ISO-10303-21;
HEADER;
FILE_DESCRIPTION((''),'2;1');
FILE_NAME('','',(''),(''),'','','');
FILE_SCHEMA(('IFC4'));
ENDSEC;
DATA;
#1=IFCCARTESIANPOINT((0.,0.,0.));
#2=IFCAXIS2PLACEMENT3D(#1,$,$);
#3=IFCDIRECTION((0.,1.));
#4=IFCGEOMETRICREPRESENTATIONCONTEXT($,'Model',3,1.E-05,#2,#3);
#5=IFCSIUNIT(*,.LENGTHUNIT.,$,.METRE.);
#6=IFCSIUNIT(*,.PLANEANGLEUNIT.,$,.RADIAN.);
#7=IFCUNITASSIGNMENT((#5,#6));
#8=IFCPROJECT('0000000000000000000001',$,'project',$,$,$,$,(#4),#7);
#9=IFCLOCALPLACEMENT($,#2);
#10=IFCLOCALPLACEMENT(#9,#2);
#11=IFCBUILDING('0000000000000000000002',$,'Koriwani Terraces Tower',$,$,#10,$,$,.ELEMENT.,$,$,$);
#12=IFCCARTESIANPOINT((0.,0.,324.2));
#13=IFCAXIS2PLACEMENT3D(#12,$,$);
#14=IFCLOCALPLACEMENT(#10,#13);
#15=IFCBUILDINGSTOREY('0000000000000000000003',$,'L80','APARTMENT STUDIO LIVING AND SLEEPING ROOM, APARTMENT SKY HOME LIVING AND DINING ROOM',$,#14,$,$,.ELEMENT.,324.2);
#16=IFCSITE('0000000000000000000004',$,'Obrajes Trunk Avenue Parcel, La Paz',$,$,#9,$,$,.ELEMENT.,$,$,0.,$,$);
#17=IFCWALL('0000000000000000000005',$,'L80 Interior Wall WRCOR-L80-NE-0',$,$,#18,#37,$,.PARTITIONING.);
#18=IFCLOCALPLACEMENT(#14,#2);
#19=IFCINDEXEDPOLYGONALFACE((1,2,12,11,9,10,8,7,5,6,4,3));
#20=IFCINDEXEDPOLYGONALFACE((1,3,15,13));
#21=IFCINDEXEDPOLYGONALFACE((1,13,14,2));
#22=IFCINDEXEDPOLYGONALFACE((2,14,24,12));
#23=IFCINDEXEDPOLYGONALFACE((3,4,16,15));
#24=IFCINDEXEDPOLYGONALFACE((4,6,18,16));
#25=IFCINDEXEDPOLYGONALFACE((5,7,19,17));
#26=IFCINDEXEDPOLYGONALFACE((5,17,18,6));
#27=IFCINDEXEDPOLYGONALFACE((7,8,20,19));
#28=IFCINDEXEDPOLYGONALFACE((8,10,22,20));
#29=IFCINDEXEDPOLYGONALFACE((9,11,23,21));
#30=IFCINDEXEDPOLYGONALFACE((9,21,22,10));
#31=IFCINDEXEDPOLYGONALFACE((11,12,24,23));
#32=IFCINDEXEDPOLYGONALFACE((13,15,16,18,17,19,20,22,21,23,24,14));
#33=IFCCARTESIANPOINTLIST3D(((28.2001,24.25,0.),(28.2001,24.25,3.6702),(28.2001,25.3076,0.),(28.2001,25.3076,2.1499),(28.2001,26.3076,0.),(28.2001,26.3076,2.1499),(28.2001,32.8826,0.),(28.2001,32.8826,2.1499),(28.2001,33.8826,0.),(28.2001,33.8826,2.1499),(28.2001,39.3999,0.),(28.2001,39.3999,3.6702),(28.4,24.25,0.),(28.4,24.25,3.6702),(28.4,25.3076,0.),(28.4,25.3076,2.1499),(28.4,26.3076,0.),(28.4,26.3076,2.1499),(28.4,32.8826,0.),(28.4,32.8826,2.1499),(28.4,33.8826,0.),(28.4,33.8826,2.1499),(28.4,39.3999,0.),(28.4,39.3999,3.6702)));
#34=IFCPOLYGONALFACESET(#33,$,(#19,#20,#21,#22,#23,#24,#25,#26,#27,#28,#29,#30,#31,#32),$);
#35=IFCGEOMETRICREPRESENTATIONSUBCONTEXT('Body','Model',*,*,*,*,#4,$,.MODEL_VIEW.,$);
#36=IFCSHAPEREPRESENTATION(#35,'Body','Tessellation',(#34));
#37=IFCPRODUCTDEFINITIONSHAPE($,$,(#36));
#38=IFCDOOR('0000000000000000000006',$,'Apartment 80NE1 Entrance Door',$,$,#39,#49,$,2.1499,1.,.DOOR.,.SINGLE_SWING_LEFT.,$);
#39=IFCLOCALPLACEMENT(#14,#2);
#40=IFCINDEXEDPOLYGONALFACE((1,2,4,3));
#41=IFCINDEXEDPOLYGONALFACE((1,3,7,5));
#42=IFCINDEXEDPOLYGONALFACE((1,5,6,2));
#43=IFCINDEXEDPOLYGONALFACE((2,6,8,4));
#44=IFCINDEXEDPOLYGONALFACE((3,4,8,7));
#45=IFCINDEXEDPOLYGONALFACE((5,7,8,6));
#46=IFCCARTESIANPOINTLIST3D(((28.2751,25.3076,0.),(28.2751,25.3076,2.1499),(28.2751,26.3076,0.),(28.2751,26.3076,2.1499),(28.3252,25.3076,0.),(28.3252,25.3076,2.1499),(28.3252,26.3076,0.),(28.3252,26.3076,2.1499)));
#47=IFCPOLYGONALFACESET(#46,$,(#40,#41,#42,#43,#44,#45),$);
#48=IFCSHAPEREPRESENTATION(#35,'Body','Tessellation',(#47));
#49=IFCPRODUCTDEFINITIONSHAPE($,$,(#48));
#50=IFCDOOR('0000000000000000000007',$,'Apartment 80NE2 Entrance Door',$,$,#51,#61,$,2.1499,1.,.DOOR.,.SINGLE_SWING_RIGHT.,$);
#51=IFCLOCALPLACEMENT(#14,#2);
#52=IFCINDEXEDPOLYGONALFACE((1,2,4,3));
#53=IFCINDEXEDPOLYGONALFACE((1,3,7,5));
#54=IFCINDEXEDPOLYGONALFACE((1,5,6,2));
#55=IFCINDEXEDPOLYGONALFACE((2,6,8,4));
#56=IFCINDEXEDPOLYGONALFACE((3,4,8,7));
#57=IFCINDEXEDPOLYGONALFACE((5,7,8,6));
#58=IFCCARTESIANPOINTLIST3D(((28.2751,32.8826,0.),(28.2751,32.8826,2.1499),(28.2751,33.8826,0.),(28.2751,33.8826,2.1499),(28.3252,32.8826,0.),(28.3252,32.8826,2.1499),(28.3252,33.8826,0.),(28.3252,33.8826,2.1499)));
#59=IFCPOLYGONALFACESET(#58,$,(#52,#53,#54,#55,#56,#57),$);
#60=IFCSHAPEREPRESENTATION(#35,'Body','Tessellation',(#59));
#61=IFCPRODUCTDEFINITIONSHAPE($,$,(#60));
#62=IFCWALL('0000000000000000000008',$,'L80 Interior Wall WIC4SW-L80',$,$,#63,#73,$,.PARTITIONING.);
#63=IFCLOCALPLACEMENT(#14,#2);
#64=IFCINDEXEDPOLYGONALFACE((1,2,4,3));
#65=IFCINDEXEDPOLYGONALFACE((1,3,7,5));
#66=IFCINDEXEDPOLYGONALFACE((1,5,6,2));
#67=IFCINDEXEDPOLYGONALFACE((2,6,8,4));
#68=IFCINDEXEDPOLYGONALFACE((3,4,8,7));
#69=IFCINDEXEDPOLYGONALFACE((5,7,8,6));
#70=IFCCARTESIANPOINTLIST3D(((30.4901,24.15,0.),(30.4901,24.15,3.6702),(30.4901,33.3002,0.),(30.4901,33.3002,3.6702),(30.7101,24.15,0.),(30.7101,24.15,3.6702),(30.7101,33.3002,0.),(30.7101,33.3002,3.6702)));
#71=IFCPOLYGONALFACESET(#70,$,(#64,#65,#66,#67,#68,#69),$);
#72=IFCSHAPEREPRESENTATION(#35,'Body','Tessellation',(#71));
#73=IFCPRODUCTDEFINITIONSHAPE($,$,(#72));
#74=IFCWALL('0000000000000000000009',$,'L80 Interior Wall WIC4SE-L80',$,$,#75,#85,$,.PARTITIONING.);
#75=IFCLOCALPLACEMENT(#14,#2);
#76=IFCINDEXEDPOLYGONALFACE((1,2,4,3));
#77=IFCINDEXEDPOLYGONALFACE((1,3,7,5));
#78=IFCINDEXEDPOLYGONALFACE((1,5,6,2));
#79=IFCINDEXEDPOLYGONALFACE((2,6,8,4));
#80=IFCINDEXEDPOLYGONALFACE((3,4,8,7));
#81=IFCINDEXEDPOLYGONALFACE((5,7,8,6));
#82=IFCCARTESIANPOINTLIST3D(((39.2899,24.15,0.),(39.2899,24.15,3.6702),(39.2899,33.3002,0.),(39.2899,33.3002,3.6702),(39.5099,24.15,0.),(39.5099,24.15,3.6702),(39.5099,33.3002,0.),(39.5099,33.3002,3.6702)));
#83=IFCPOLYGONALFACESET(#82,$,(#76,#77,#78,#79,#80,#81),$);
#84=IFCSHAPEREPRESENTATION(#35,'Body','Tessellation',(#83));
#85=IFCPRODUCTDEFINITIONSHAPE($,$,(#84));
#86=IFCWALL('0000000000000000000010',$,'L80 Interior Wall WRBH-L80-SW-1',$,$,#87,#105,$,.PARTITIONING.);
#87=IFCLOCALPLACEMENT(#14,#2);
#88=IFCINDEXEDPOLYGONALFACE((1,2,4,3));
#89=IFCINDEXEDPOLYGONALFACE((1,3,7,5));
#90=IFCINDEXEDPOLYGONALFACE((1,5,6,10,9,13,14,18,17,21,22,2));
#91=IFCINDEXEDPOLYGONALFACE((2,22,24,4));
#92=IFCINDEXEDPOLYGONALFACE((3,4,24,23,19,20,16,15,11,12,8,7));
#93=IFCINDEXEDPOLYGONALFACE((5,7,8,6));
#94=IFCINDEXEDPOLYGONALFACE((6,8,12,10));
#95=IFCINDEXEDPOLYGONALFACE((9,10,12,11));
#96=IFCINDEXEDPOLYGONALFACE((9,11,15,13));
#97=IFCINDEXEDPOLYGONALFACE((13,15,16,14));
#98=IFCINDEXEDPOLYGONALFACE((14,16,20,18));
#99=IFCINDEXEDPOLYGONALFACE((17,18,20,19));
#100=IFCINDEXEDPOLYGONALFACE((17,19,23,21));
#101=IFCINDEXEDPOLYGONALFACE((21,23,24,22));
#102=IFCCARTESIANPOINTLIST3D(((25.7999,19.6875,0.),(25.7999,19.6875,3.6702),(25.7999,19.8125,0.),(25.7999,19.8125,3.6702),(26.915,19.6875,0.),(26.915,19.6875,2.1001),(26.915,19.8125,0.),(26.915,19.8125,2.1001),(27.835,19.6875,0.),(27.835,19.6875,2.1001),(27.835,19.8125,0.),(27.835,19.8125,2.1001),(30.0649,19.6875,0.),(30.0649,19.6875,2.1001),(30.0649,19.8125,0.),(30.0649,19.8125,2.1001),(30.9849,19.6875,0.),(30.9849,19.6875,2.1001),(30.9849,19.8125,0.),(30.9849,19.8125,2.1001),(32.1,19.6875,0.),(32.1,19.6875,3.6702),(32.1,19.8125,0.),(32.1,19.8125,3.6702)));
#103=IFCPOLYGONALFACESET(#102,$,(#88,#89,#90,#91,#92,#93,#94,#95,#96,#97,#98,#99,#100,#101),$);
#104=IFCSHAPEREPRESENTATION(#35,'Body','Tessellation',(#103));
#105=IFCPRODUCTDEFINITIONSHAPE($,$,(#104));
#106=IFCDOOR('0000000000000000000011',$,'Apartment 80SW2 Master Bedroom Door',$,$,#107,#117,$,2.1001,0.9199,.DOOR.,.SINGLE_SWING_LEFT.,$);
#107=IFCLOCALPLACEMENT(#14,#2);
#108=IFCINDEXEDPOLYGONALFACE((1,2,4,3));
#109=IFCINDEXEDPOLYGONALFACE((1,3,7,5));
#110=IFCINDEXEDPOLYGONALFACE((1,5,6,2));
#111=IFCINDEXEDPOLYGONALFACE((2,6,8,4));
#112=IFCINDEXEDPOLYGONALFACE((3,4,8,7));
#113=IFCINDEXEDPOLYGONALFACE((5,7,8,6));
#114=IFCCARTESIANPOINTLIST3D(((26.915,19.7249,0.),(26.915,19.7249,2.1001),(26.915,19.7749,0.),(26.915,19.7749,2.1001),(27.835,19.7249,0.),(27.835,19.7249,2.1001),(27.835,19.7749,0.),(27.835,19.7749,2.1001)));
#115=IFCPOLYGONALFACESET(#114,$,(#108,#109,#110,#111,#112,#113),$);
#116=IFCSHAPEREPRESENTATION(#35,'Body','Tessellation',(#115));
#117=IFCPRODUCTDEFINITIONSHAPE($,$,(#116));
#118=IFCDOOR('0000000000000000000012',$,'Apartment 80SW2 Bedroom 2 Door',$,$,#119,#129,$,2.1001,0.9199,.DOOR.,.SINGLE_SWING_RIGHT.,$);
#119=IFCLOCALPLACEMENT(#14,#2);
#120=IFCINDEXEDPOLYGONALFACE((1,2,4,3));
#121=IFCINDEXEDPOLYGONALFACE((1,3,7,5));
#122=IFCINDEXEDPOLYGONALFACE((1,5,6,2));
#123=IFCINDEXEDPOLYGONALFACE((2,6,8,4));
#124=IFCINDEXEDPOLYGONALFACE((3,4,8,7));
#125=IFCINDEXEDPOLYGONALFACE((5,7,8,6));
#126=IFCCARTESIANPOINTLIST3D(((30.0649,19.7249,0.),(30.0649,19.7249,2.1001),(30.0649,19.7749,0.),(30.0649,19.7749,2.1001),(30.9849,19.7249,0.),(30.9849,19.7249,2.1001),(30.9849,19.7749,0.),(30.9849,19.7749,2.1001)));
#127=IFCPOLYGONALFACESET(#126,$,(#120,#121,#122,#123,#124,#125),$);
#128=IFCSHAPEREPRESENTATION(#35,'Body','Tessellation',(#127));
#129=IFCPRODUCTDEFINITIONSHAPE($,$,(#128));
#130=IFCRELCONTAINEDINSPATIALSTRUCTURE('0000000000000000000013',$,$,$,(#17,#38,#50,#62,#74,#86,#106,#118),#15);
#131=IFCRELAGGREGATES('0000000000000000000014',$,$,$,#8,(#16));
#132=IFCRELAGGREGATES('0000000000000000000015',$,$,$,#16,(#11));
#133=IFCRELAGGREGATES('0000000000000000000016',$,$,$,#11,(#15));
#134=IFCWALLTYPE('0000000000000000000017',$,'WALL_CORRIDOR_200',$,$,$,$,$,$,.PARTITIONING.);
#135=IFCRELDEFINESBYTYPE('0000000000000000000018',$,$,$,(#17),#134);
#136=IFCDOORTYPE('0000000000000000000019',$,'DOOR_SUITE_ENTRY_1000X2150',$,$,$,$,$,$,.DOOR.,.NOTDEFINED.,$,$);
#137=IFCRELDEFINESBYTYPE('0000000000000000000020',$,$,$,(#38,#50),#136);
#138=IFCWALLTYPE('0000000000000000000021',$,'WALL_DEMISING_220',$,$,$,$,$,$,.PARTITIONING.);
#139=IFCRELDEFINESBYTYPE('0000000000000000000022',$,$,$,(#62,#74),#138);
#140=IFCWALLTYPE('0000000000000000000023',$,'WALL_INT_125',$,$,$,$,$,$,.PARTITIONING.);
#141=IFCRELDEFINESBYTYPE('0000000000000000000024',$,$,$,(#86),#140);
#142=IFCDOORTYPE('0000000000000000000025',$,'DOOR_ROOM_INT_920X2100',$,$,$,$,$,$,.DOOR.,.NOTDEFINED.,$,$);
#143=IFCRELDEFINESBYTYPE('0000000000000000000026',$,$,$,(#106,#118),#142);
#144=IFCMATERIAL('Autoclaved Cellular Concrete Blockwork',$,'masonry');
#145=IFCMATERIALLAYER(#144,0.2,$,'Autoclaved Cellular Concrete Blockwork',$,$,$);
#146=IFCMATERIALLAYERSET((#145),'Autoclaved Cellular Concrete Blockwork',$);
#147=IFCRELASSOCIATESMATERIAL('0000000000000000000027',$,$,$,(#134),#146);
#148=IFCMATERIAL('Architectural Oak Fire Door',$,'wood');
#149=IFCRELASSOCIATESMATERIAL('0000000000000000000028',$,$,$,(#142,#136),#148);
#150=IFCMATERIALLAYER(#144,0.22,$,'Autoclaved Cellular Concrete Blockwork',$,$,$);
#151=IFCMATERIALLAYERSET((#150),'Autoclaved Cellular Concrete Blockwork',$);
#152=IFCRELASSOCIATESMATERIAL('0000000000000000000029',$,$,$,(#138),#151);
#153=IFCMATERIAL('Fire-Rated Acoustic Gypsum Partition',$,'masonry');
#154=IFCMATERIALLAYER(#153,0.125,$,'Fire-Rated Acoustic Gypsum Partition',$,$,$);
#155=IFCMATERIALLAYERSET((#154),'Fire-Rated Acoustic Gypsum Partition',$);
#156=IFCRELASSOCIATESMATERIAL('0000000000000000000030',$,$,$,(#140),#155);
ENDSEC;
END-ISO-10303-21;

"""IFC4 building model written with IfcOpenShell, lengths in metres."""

from ifc_helpers import new_model, si_unit, direction, frame, frame_2d, origin, place, context, subcontext, project, spatial, rectangle, extrude, material, layer, layer_set, type_object, element, fill, save


model = new_model("IFC4")

# Units and contexts
model_context = context("Model", 3, precision=1e-05, world=origin(), true_north=direction((0.0, 1.0)))
body_context = subcontext(model_context, "Body", "Model", "MODEL_VIEW")
ifc_project = project(units=[si_unit("LENGTHUNIT", "METRE"), si_unit("PLANEANGLEUNIT", "RADIAN")], contexts=[model_context])

# Site, building, storey
site_placement = place(None, origin())
site = spatial("IfcSite", under=ifc_project, at=site_placement, Name="Obrajes Trunk Avenue Parcel, La Paz", CompositionType="ELEMENT", RefElevation=0.0)
building_placement = place(site_placement, origin())
building = spatial("IfcBuilding", under=site, at=building_placement, Name="Koriwani Terraces Tower", CompositionType="ELEMENT")
storey_placement = place(building_placement, frame((0.0, 0.0, 324.2)))
storey = spatial("IfcBuildingStorey", under=building, at=storey_placement, Name="L80", Description="APARTMENT STUDIO LIVING AND SLEEPING ROOM, APARTMENT SKY HOME LIVING AND DINING ROOM", CompositionType="ELEMENT", Elevation=324.2)

# Shared definitions
ifc_material_1 = material(Name="Autoclaved Cellular Concrete Blockwork", Category="masonry")
ifc_layer_1 = layer(ifc_material_1, 0.2, Name="Autoclaved Cellular Concrete Blockwork")
ifc_layer_set_1 = layer_set([ifc_layer_1], Name="Autoclaved Cellular Concrete Blockwork")
wall_type_1 = type_object("IfcWallType", Name="WALL_CORRIDOR_200", PredefinedType="PARTITIONING", material=ifc_layer_set_1)
ifc_material_2 = material(Name="Architectural Oak Fire Door", Category="wood")
door_type_1 = type_object("IfcDoorType", Name="DOOR_ROOM_INT_920X2100", OperationType="NOTDEFINED", PredefinedType="DOOR", material=ifc_material_2)

# Wall, openings, doors
wall_1_placement = place(storey_placement, frame((28.3, 24.25, 0.0), z_axis=(0.0, 0.0, 1.0), x_axis=(0.0, 1.0, 0.0)))
wall_1 = element("IfcWall", 1, at=wall_1_placement, inside=storey, type_object=wall_type_1, Name="L80 Interior Wall WRCOR-L80-NE-0", PredefinedType="PARTITIONING", context=body_context, shape_type="SweptSolid", body=[
    extrude(rectangle(XDim=15.1499, YDim=0.2, at=frame_2d((7.575, 0.0))), origin(), (0.0, 0.0, 1.0), 3.6702),
])
opening_1_placement = place(wall_1_placement, frame((1.0576, 0.0, 0.0)))
opening_1 = element("IfcOpeningElement", 2, at=opening_1_placement, cuts=wall_1, PredefinedType="OPENING", context=body_context, shape_type="SweptSolid", body=[
    extrude(rectangle(XDim=1.0, YDim=2.1499, at=frame_2d((0.5, 1.075))), frame((0.0, 0.1099, 0.0), z_axis=(0.0, -1.0, 0.0), x_axis=(1.0, 0.0, 0.0)), (0.0, 0.0, 1.0), 0.22),
])
opening_2_placement = place(wall_1_placement, frame((8.6326, 0.0, 0.0)))
opening_2 = element("IfcOpeningElement", 3, at=opening_2_placement, cuts=wall_1, PredefinedType="OPENING", context=body_context, shape_type="SweptSolid", body=[
    extrude(rectangle(XDim=1.0, YDim=2.1499, at=frame_2d((0.5, 1.075))), frame((0.0, 0.1099, 0.0), z_axis=(0.0, -1.0, 0.0), x_axis=(1.0, 0.0, 0.0)), (0.0, 0.0, 1.0), 0.22),
])
door_type_2 = type_object("IfcDoorType", Name="DOOR_SUITE_ENTRY_1000X2150", OperationType="NOTDEFINED", PredefinedType="DOOR", material=ifc_material_2)
door_1_placement = place(opening_1_placement, origin())
door_1 = element("IfcDoor", 4, at=door_1_placement, inside=storey, type_object=door_type_2, Name="Apartment 80NE1 Entrance Door", OperationType="SINGLE_SWING_LEFT", OverallHeight=2.1499, OverallWidth=1.0, PredefinedType="DOOR", context=body_context, shape_type="SweptSolid", body=[
    extrude(rectangle(XDim=1.0, YDim=2.1499, at=frame_2d((0.5, 1.075))), frame((0.0, 0.0249, 0.0), z_axis=(0.0, -1.0, 0.0), x_axis=(1.0, 0.0, 0.0)), (0.0, 0.0, 1.0), 0.05),
])
fill(opening_1, door_1)
door_2_placement = place(opening_2_placement, origin())
door_2 = element("IfcDoor", 5, at=door_2_placement, inside=storey, type_object=door_type_2, Name="Apartment 80NE2 Entrance Door", OperationType="SINGLE_SWING_RIGHT", OverallHeight=2.1499, OverallWidth=1.0, PredefinedType="DOOR", context=body_context, shape_type="SweptSolid", body=[
    extrude(rectangle(XDim=1.0, YDim=2.1499, at=frame_2d((0.5, 1.075))), frame((0.0, 0.0249, 0.0), z_axis=(0.0, -1.0, 0.0), x_axis=(1.0, 0.0, 0.0)), (0.0, 0.0, 1.0), 0.05),
])
fill(opening_2, door_2)

# Walls
ifc_layer_2 = layer(ifc_material_1, 0.22, Name="Autoclaved Cellular Concrete Blockwork")
ifc_layer_set_2 = layer_set([ifc_layer_2], Name="Autoclaved Cellular Concrete Blockwork")
wall_type_2 = type_object("IfcWallType", Name="WALL_DEMISING_220", PredefinedType="PARTITIONING", material=ifc_layer_set_2)
for number, where, z_axis, x_axis, name in (
    (6, (30.6001, 24.1499, 0.0), (0.0, 0.0, 1.0), (0.0, 1.0, 0.0), "L80 Interior Wall WIC4SW-L80"),
    (7, (39.3999, 24.1499, 0.0), (0.0, 0.0, 1.0), (0.0, 1.0, 0.0), "L80 Interior Wall WIC4SE-L80"),
):
    element("IfcWall", number, at=place(storey_placement, frame(where, z_axis=z_axis, x_axis=x_axis)), inside=storey, type_object=wall_type_2, Name=name, PredefinedType="PARTITIONING", context=body_context, shape_type="SweptSolid", body=[
        extrude(rectangle(XDim=9.1501, YDim=0.22, at=frame_2d((4.5752, 0.0))), origin(), (0.0, 0.0, 1.0), 3.6702),
    ])

# Wall, openings, doors
ifc_material_3 = material(Name="Fire-Rated Acoustic Gypsum Partition", Category="masonry")
ifc_layer_3 = layer(ifc_material_3, 0.125, Name="Fire-Rated Acoustic Gypsum Partition")
ifc_layer_set_3 = layer_set([ifc_layer_3], Name="Fire-Rated Acoustic Gypsum Partition")
wall_type_3 = type_object("IfcWallType", Name="WALL_INT_125", PredefinedType="PARTITIONING", material=ifc_layer_set_3)
wall_2_placement = place(storey_placement, frame((25.8, 19.75, 0.0), z_axis=(0.0, 0.0, 1.0), x_axis=(1.0, 0.0, 0.0)))
wall_2 = element("IfcWall", 8, at=wall_2_placement, inside=storey, type_object=wall_type_3, Name="L80 Interior Wall WRBH-L80-SW-1", PredefinedType="PARTITIONING", context=body_context, shape_type="SweptSolid", body=[
    extrude(rectangle(XDim=6.3, YDim=0.125, at=frame_2d((3.1499, 0.0))), origin(), (0.0, 0.0, 1.0), 3.6702),
])
opening_3_placement = place(wall_2_placement, frame((1.115, 0.0, 0.0)))
opening_3 = element("IfcOpeningElement", 9, at=opening_3_placement, cuts=wall_2, PredefinedType="OPENING", context=body_context, shape_type="SweptSolid", body=[
    extrude(rectangle(XDim=0.9199, YDim=2.1001, at=frame_2d((0.46, 1.05))), frame((0.0, 0.0725, 0.0), z_axis=(0.0, -1.0, 0.0), x_axis=(1.0, 0.0, 0.0)), (0.0, 0.0, 1.0), 0.145),
])
opening_4_placement = place(wall_2_placement, frame((4.2649, 0.0, 0.0)))
opening_4 = element("IfcOpeningElement", 10, at=opening_4_placement, cuts=wall_2, PredefinedType="OPENING", context=body_context, shape_type="SweptSolid", body=[
    extrude(rectangle(XDim=0.9199, YDim=2.1001, at=frame_2d((0.46, 1.05))), frame((0.0, 0.0725, 0.0), z_axis=(0.0, -1.0, 0.0), x_axis=(1.0, 0.0, 0.0)), (0.0, 0.0, 1.0), 0.145),
])
door_3_placement = place(opening_3_placement, origin())
door_3 = element("IfcDoor", 11, at=door_3_placement, inside=storey, type_object=door_type_1, Name="Apartment 80SW2 Master Bedroom Door", OperationType="SINGLE_SWING_LEFT", OverallHeight=2.1001, OverallWidth=0.9199, PredefinedType="DOOR", context=body_context, shape_type="SweptSolid", body=[
    extrude(rectangle(XDim=0.9199, YDim=2.1001, at=frame_2d((0.46, 1.05))), frame((0.0, 0.0249, 0.0), z_axis=(0.0, -1.0, 0.0), x_axis=(1.0, 0.0, 0.0)), (0.0, 0.0, 1.0), 0.05),
])
fill(opening_3, door_3)
door_4_placement = place(opening_4_placement, origin())
door_4 = element("IfcDoor", 12, at=door_4_placement, inside=storey, type_object=door_type_1, Name="Apartment 80SW2 Bedroom 2 Door", OperationType="SINGLE_SWING_RIGHT", OverallHeight=2.1001, OverallWidth=0.9199, PredefinedType="DOOR", context=body_context, shape_type="SweptSolid", body=[
    extrude(rectangle(XDim=0.9199, YDim=2.1001, at=frame_2d((0.46, 1.05))), frame((0.0, 0.0249, 0.0), z_axis=(0.0, -1.0, 0.0), x_axis=(1.0, 0.0, 0.0)), (0.0, 0.0, 1.0), 0.05),
])
fill(opening_4, door_4)

save(model, "model.ifc")
